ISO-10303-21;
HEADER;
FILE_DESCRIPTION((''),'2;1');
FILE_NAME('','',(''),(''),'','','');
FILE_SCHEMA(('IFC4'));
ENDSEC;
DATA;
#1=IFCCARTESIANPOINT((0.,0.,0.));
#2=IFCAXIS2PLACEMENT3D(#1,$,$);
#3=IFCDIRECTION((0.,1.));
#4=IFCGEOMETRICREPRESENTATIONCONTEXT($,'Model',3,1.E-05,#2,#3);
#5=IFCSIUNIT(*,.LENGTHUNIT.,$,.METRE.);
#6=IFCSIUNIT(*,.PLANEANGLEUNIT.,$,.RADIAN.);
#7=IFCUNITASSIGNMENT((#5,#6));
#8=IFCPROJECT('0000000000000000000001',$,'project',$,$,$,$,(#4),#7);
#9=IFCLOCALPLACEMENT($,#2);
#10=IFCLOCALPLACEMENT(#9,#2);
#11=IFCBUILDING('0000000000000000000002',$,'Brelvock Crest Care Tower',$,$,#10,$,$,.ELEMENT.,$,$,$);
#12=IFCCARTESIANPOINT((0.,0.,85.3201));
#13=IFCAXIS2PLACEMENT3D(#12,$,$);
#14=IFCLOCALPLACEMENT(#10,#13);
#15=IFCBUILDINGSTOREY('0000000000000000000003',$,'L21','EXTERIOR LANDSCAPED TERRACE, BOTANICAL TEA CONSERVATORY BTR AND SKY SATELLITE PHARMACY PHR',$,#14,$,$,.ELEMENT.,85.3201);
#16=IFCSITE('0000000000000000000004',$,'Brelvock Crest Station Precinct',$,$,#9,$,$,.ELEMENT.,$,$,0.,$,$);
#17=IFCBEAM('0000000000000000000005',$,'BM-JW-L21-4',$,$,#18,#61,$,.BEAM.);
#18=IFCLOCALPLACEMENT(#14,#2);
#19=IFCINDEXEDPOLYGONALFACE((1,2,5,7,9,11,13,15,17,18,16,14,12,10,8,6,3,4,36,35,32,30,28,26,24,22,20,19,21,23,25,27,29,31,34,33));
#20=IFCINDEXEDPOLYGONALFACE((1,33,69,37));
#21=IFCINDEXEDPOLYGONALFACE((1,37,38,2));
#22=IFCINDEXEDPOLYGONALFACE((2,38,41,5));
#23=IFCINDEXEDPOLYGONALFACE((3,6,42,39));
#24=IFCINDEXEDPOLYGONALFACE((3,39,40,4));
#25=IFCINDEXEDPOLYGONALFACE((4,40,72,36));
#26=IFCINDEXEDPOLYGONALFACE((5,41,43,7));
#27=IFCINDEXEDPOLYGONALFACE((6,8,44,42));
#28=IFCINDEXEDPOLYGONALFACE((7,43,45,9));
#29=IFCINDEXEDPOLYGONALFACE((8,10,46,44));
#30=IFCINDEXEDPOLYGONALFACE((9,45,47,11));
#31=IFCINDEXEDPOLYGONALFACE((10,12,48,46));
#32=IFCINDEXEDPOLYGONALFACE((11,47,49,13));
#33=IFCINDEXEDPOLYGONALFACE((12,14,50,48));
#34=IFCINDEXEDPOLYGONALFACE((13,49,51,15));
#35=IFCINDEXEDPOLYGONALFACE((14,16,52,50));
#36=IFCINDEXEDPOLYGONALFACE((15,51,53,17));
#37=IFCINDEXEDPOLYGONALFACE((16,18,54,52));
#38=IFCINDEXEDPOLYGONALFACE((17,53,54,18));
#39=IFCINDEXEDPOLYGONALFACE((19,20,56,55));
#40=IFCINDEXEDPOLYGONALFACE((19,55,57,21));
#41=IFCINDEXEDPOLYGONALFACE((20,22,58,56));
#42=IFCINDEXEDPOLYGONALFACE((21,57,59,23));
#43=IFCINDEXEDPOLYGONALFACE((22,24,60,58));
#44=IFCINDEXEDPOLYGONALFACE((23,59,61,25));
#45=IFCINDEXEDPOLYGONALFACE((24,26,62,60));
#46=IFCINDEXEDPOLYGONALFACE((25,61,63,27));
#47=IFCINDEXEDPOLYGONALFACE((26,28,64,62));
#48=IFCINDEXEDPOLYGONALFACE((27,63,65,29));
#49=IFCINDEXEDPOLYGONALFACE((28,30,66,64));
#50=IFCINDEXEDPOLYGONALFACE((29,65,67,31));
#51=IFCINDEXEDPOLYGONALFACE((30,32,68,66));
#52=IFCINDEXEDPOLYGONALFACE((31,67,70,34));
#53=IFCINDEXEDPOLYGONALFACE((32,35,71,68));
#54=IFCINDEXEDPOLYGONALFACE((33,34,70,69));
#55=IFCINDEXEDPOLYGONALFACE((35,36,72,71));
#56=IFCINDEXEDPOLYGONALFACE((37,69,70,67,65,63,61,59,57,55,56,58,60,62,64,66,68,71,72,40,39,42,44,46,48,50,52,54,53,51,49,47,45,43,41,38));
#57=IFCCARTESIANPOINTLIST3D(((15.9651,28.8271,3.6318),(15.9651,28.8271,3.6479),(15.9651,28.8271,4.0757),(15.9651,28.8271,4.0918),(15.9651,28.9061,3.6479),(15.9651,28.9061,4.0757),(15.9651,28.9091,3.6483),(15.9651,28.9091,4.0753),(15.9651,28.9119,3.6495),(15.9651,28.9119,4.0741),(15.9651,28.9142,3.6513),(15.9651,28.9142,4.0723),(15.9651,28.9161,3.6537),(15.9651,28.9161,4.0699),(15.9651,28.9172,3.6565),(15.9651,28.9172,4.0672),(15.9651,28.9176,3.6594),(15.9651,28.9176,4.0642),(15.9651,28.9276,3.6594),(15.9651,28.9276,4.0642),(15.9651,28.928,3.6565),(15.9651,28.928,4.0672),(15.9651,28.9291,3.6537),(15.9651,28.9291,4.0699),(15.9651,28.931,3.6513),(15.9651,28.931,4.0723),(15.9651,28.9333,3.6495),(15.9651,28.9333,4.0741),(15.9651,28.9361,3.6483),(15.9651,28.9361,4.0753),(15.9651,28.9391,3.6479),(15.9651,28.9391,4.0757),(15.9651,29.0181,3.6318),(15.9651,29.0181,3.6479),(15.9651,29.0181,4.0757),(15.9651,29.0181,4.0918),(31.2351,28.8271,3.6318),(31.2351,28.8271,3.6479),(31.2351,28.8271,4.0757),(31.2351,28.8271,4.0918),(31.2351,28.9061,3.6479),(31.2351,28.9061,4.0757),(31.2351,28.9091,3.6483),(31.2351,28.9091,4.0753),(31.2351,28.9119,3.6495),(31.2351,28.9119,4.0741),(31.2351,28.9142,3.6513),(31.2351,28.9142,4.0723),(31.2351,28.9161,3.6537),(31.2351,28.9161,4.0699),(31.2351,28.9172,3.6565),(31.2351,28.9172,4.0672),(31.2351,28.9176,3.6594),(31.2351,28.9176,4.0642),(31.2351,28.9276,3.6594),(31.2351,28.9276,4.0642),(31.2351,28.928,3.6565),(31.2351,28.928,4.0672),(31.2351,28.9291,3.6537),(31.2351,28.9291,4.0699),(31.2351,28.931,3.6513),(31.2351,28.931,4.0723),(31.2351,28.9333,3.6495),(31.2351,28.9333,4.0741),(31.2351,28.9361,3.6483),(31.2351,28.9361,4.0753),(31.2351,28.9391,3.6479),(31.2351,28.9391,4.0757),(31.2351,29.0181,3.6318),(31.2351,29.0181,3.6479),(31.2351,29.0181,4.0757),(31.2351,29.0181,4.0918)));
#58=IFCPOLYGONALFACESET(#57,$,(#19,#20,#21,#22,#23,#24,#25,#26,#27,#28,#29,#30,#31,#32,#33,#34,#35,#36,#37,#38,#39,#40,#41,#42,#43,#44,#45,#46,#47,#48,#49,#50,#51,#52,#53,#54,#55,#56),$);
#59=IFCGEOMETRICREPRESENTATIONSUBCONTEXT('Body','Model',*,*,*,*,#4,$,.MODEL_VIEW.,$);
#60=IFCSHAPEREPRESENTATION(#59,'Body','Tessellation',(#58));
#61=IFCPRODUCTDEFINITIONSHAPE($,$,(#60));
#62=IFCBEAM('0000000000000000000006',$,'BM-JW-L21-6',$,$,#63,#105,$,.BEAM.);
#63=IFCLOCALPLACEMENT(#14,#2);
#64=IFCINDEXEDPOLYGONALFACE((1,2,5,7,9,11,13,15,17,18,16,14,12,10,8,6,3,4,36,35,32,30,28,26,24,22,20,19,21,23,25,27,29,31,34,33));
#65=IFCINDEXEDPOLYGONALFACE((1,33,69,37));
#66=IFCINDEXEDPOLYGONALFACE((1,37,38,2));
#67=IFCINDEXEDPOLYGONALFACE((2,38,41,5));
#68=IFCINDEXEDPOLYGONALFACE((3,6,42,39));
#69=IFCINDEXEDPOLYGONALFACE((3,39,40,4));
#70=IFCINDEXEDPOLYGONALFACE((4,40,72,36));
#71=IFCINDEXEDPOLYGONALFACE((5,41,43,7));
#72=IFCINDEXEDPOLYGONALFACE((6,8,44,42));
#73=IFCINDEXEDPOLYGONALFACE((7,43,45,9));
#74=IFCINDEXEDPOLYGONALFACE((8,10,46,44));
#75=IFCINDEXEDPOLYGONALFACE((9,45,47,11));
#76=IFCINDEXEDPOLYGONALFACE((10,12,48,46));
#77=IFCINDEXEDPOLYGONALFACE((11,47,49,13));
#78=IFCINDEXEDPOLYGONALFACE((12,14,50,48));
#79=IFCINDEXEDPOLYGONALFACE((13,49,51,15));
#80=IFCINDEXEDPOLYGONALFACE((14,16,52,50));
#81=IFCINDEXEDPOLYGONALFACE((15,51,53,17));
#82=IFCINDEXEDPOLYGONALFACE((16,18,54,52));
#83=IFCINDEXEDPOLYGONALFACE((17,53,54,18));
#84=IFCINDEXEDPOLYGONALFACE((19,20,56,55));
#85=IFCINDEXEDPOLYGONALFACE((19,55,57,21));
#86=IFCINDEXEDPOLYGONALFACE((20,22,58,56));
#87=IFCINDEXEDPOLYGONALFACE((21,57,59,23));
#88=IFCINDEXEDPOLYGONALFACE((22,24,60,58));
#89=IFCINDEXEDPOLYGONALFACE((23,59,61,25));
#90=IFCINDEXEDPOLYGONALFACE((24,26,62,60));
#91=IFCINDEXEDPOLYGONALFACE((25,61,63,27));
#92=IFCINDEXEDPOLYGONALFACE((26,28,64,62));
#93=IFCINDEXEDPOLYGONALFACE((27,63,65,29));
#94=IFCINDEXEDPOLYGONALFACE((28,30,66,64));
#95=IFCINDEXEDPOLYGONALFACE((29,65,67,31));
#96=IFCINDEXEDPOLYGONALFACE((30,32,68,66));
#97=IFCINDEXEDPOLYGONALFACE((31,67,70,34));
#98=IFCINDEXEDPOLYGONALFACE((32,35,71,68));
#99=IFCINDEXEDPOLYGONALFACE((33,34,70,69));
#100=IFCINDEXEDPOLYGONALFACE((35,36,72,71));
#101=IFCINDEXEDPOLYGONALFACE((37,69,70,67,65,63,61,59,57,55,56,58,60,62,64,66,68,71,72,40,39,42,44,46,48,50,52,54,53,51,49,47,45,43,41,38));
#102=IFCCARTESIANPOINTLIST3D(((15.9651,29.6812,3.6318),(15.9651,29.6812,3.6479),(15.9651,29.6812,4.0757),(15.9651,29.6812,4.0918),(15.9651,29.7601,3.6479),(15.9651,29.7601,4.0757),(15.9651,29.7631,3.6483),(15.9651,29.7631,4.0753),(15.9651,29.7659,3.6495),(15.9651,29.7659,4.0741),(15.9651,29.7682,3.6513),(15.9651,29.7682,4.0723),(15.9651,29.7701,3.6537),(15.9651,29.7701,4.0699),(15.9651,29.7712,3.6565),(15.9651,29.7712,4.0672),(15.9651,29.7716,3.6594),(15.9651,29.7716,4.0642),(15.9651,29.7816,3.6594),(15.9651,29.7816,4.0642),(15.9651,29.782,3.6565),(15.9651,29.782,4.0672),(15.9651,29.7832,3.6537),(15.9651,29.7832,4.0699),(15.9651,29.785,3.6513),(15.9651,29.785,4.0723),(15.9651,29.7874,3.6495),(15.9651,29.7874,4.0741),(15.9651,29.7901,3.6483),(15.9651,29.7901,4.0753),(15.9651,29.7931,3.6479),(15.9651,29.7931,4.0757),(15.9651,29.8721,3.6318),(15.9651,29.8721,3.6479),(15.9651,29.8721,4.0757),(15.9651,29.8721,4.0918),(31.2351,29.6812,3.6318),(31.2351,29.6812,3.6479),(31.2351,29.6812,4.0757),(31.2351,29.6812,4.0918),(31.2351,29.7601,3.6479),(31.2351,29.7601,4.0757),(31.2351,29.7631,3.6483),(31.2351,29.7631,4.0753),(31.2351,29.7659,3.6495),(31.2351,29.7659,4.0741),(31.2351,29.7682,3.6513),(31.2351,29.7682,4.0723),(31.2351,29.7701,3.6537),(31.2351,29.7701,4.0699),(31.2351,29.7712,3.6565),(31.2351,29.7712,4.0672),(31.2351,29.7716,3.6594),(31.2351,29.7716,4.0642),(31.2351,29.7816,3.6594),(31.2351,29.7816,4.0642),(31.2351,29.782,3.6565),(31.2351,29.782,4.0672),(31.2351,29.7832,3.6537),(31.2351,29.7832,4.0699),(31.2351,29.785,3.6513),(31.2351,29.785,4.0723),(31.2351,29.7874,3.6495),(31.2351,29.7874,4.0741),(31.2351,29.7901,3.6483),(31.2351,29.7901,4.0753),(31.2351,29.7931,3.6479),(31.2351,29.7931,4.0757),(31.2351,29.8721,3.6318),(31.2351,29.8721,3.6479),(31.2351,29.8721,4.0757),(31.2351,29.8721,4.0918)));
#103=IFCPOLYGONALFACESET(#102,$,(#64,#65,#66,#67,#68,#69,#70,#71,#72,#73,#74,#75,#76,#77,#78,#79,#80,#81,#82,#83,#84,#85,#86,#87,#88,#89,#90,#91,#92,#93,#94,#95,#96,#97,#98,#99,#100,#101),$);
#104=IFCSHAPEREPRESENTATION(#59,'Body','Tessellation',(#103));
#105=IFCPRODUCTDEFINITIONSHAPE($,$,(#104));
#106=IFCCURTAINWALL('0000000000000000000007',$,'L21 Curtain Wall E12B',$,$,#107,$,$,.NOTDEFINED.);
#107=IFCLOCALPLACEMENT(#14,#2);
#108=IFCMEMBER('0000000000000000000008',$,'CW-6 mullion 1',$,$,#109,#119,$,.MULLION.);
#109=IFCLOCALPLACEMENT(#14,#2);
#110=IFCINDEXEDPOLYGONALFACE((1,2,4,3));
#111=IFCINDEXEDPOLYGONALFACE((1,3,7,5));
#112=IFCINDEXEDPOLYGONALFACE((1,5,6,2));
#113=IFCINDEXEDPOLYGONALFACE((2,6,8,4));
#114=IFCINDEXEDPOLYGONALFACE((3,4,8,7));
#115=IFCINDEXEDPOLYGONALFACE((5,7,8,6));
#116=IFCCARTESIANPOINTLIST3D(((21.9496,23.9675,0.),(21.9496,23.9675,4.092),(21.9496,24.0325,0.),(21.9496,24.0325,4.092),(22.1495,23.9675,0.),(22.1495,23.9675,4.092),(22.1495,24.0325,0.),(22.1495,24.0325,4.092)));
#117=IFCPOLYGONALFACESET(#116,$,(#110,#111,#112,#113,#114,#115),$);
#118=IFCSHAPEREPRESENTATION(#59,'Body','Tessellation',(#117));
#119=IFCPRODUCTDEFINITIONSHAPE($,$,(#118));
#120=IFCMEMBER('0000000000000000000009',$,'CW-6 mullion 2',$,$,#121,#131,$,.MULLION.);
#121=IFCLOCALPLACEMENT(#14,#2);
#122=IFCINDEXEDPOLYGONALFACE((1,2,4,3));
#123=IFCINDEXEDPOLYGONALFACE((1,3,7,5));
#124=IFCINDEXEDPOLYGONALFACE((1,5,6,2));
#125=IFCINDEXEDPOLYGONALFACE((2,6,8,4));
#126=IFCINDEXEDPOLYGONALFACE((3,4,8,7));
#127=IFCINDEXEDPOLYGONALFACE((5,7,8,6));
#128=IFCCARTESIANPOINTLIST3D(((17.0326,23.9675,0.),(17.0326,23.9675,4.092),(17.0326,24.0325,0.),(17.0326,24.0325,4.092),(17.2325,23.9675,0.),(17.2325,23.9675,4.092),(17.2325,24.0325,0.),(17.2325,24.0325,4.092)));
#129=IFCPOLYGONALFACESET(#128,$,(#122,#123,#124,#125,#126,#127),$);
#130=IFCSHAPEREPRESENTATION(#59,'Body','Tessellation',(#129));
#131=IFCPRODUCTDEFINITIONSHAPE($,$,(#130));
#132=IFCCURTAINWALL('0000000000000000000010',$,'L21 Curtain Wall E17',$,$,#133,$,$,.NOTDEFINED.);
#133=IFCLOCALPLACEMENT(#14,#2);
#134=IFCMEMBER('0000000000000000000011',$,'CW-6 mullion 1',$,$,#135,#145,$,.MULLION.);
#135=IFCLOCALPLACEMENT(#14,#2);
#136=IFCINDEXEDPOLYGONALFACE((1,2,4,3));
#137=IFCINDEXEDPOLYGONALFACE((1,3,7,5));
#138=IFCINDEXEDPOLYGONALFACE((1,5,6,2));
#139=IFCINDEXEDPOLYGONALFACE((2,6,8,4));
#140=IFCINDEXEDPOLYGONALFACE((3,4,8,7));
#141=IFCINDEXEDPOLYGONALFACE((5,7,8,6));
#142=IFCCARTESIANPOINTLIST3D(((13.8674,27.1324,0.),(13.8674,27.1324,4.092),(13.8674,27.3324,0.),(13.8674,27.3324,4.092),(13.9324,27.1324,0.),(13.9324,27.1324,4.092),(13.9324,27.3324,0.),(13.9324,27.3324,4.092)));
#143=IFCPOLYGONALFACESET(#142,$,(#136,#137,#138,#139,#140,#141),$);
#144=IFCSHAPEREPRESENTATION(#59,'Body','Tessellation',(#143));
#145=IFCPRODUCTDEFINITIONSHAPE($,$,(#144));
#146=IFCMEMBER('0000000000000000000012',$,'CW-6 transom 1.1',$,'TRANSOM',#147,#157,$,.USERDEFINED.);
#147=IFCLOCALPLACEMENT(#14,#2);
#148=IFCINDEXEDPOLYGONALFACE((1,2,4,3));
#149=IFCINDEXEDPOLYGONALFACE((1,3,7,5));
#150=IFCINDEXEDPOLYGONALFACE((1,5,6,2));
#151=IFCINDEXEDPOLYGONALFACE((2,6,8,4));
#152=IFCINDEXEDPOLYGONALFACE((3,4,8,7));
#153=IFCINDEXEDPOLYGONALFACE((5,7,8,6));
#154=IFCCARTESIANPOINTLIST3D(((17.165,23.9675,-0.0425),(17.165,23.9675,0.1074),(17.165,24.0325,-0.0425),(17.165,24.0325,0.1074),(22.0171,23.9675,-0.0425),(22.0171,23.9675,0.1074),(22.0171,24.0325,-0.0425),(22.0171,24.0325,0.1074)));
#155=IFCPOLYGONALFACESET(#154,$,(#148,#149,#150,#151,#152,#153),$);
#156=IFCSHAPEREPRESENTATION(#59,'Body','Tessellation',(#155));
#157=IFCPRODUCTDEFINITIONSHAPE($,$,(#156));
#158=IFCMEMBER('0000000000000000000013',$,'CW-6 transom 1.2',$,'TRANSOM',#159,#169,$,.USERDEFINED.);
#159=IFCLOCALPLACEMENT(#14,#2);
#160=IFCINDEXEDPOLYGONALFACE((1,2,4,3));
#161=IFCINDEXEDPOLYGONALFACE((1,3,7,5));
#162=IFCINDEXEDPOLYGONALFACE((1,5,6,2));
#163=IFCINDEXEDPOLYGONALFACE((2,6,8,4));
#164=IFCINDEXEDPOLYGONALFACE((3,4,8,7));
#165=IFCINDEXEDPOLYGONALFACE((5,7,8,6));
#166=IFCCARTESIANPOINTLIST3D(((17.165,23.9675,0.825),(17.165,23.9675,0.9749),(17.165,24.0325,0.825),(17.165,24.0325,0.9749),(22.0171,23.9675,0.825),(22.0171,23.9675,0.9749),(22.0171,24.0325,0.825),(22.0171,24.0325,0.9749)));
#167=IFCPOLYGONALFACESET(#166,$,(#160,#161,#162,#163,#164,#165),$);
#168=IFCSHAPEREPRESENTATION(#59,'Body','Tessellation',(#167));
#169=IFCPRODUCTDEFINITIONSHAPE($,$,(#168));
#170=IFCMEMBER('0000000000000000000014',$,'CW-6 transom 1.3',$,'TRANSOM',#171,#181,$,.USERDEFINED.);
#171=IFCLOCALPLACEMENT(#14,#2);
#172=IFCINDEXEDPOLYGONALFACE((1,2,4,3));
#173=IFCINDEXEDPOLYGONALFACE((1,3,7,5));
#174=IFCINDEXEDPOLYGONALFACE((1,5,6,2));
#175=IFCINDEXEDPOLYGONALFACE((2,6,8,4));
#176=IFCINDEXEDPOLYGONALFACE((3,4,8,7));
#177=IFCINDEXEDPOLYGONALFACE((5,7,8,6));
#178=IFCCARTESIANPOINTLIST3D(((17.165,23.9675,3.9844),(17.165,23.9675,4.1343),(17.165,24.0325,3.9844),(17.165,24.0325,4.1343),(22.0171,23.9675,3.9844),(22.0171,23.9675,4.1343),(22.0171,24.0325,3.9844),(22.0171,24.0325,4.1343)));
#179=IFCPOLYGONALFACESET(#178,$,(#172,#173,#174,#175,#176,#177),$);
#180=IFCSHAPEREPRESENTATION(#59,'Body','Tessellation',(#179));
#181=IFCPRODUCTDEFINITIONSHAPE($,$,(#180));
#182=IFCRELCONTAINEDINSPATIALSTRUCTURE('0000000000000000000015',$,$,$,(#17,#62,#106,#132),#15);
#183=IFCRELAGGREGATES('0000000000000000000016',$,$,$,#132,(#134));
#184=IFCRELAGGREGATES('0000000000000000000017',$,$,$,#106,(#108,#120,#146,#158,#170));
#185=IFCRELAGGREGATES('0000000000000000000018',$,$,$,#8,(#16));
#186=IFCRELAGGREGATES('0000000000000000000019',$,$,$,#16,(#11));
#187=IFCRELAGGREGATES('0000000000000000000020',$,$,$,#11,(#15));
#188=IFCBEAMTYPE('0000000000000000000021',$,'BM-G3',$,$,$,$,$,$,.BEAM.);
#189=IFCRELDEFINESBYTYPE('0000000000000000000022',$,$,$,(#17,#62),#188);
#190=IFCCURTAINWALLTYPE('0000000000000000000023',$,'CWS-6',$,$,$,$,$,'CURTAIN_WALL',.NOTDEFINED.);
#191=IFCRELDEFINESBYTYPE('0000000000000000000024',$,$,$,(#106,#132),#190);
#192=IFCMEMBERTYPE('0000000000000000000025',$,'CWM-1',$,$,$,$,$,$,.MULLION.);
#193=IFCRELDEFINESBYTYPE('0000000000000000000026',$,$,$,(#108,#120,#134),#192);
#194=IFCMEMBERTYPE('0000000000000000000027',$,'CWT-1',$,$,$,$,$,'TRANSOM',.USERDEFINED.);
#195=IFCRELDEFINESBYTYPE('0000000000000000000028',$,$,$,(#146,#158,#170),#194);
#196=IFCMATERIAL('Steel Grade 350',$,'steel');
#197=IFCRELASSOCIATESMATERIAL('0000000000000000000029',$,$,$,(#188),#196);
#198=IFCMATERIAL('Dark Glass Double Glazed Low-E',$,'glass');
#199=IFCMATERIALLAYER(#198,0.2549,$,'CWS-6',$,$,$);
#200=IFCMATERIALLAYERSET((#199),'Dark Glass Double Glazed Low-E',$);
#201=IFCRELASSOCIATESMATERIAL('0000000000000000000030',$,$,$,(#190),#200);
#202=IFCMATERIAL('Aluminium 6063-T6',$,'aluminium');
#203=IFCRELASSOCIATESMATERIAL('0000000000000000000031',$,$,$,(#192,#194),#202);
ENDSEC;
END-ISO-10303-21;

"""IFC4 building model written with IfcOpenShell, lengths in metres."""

from ifc_helpers import new_model, si_unit, direction, frame, origin, origin_2d, place, context, subcontext, project, spatial, rectangle, i_section, extrude, source, transform, mapped, material, layer, layer_set, material_profile, profile_set, type_object, element, aggregate, save


model = new_model("IFC4")

# Units and contexts
model_context = context("Model", 3, precision=1e-05, world=origin(), true_north=direction((0.0, 1.0)))
body_context = subcontext(model_context, "Body", "Model", "MODEL_VIEW")
ifc_project = project(units=[si_unit("LENGTHUNIT", "METRE"), si_unit("PLANEANGLEUNIT", "RADIAN")], contexts=[model_context])

# Site, building, storey
site_placement = place(None, origin())
site = spatial("IfcSite", under=ifc_project, at=site_placement, Name="Brelvock Crest Station Precinct", CompositionType="ELEMENT", RefElevation=0.0)
building_placement = place(site_placement, origin())
building = spatial("IfcBuilding", under=site, at=building_placement, Name="Brelvock Crest Care Tower", CompositionType="ELEMENT")
storey_placement = place(building_placement, frame((0.0, 0.0, 85.3201)))
storey = spatial("IfcBuildingStorey", under=building, at=storey_placement, Name="L21", Description="EXTERIOR LANDSCAPED TERRACE, BOTANICAL TEA CONSERVATORY BTR AND SKY SATELLITE PHARMACY PHR", CompositionType="ELEMENT", Elevation=85.3201)

# Beams
ifc_material_1 = material(Name="Steel Grade 350", Category="steel")
ifc_material_profile_1 = material_profile(ifc_material_1, i_section(OverallWidth=0.1909, OverallDepth=0.46, WebThickness=0.01, FlangeThickness=0.0161, FilletRadius=0.0115, at=origin_2d()), Name="460UB82.1")
ifc_profile_set_1 = profile_set([ifc_material_profile_1], Name="Steel Grade 350")
beam_type_1 = type_object("IfcBeamType", Name="BM-G3", PredefinedType="BEAM", material=ifc_profile_set_1)
shared_shape_1 = source(origin(), body_context, "Body", "SweptSolid", [
    extrude(i_section(OverallWidth=0.1909, OverallDepth=0.46, WebThickness=0.01, FlangeThickness=0.0161, FilletRadius=0.0115, at=origin_2d()), origin(), (0.0, 0.0, 1.0), 15.27),
])
for number, where, z_axis, x_axis, name in (
    (1, (15.9651, 28.9226, 3.8618), (1.0, 0.0, 0.0), (0.0, 1.0, 0.0), "BM-JW-L21-4"),
    (2, (15.9651, 29.7766, 3.8618), (1.0, 0.0, 0.0), (0.0, 1.0, 0.0), "BM-JW-L21-6"),
):
    element("IfcBeam", number, at=place(storey_placement, frame(where, z_axis=z_axis, x_axis=x_axis)), inside=storey, type_object=beam_type_1, Name=name, PredefinedType="BEAM", context=body_context, shape_type="MappedRepresentation", body=[
        mapped(shared_shape_1, transform((0.0, 0.0, 0.0), x_axis=(1.0, 0.0, 0.0), y_axis=(0.0, 1.0, 0.0), z_axis=(0.0, 0.0, 1.0), scale=1.0)),
    ])

# Curtain wall, members
ifc_material_2 = material(Name="Dark Glass Double Glazed Low-E", Category="glass")
ifc_layer_1 = layer(ifc_material_2, 0.2549, Name="CWS-6")
ifc_layer_set_1 = layer_set([ifc_layer_1], Name="Dark Glass Double Glazed Low-E")
curtain_wall_type = type_object("IfcCurtainWallType", Name="CWS-6", ElementType="CURTAIN_WALL", PredefinedType="NOTDEFINED", material=ifc_layer_set_1)
curtain_wall_1_placement = place(storey_placement, origin())
curtain_wall_1 = element("IfcCurtainWall", 3, at=curtain_wall_1_placement, inside=storey, type_object=curtain_wall_type, Name="L21 Curtain Wall E12B", PredefinedType="NOTDEFINED")
ifc_material_3 = material(Name="Aluminium 6063-T6", Category="aluminium")
ifc_material_profile_2 = material_profile(ifc_material_3, rectangle(XDim=0.0649, YDim=0.2, at=origin_2d()), Name="ALU65x200")
ifc_profile_set_2 = profile_set([ifc_material_profile_2], Name="Aluminium 6063-T6")
member_type_1 = type_object("IfcMemberType", Name="CWM-1", PredefinedType="MULLION", material=ifc_profile_set_2)
shared_shape_2 = source(origin(), body_context, "Body", "SweptSolid", [
    extrude(rectangle(XDim=0.0649, YDim=0.2, at=origin_2d()), origin(), (0.0, 0.0, 1.0), 4.092),
])
member_1_placement = place(storey_placement, frame((22.0496, 24.0, 0.0), z_axis=(0.0, 0.0, 1.0), x_axis=(0.0, -1.0, 0.0)))
member_1 = element("IfcMember", 4, at=member_1_placement, type_object=member_type_1, Name="CW-6 mullion 1", PredefinedType="MULLION", context=body_context, shape_type="MappedRepresentation", body=[
    mapped(shared_shape_2, transform((0.0, 0.0, 0.0), x_axis=(1.0, 0.0, 0.0), y_axis=(0.0, 1.0, 0.0), z_axis=(0.0, 0.0, 1.0), scale=1.0)),
])
member_2_placement = place(storey_placement, frame((17.1326, 24.0, 0.0), z_axis=(0.0, 0.0, 1.0), x_axis=(0.0, -1.0, 0.0)))
member_2 = element("IfcMember", 5, at=member_2_placement, type_object=member_type_1, Name="CW-6 mullion 2", PredefinedType="MULLION", context=body_context, shape_type="MappedRepresentation", body=[
    mapped(shared_shape_2, transform((0.0, 0.0, 0.0), x_axis=(1.0, 0.0, 0.0), y_axis=(0.0, 1.0, 0.0), z_axis=(0.0, 0.0, 1.0), scale=1.0)),
])

# Curtain wall, member
curtain_wall_2_placement = place(storey_placement, origin())
curtain_wall_2 = element("IfcCurtainWall", 6, at=curtain_wall_2_placement, inside=storey, type_object=curtain_wall_type, Name="L21 Curtain Wall E17", PredefinedType="NOTDEFINED")
member_3_placement = place(storey_placement, frame((13.8999, 27.2324, 0.0), z_axis=(0.0, 0.0, 1.0), x_axis=(-1.0, 0.0, 0.0)))
member_3 = element("IfcMember", 7, at=member_3_placement, type_object=member_type_1, Name="CW-6 mullion 1", PredefinedType="MULLION", context=body_context, shape_type="MappedRepresentation", body=[
    mapped(shared_shape_2, transform((0.0, 0.0, 0.0), x_axis=(1.0, 0.0, 0.0), y_axis=(0.0, 1.0, 0.0), z_axis=(0.0, 0.0, 1.0), scale=1.0)),
])

# Members
ifc_material_profile_3 = material_profile(ifc_material_3, rectangle(XDim=0.0649, YDim=0.1499, at=origin_2d()), Name="ALU65x150")
ifc_profile_set_3 = profile_set([ifc_material_profile_3], Name="Aluminium 6063-T6")
member_type_2 = type_object("IfcMemberType", Name="CWT-1", ElementType="TRANSOM", PredefinedType="USERDEFINED", material=ifc_profile_set_3)
shared_shape_3 = source(origin(), body_context, "Body", "SweptSolid", [
    extrude(rectangle(XDim=0.0649, YDim=0.1499, at=origin_2d()), origin(), (0.0, 0.0, 1.0), 4.8521),
])
member_4_placement = place(storey_placement, frame((22.0171, 24.0, 0.0325), z_axis=(-1.0, 0.0, 0.0), x_axis=(0.0, -1.0, 0.0)))
member_4 = element("IfcMember", 8, at=member_4_placement, type_object=member_type_2, Name="CW-6 transom 1.1", ObjectType="TRANSOM", PredefinedType="USERDEFINED", context=body_context, shape_type="MappedRepresentation", body=[
    mapped(shared_shape_3, transform((0.0, 0.0, 0.0), x_axis=(1.0, 0.0, 0.0), y_axis=(0.0, 1.0, 0.0), z_axis=(0.0, 0.0, 1.0), scale=1.0)),
])
member_5_placement = place(storey_placement, frame((22.0171, 24.0, 0.8999), z_axis=(-1.0, 0.0, 0.0), x_axis=(0.0, -1.0, 0.0)))
member_5 = element("IfcMember", 9, at=member_5_placement, type_object=member_type_2, Name="CW-6 transom 1.2", ObjectType="TRANSOM", PredefinedType="USERDEFINED", context=body_context, shape_type="MappedRepresentation", body=[
    mapped(shared_shape_3, transform((0.0, 0.0, 0.0), x_axis=(1.0, 0.0, 0.0), y_axis=(0.0, 1.0, 0.0), z_axis=(0.0, 0.0, 1.0), scale=1.0)),
])
member_6_placement = place(storey_placement, frame((22.0171, 24.0, 4.0593), z_axis=(-1.0, 0.0, 0.0), x_axis=(0.0, -1.0, 0.0)))
member_6 = element("IfcMember", 10, at=member_6_placement, type_object=member_type_2, Name="CW-6 transom 1.3", ObjectType="TRANSOM", PredefinedType="USERDEFINED", context=body_context, shape_type="MappedRepresentation", body=[
    mapped(shared_shape_3, transform((0.0, 0.0, 0.0), x_axis=(1.0, 0.0, 0.0), y_axis=(0.0, 1.0, 0.0), z_axis=(0.0, 0.0, 1.0), scale=1.0)),
])
aggregate(curtain_wall_2, [member_3])

aggregate(curtain_wall_1, [member_1, member_2, member_4, member_5, member_6])

save(model, "model.ifc")
